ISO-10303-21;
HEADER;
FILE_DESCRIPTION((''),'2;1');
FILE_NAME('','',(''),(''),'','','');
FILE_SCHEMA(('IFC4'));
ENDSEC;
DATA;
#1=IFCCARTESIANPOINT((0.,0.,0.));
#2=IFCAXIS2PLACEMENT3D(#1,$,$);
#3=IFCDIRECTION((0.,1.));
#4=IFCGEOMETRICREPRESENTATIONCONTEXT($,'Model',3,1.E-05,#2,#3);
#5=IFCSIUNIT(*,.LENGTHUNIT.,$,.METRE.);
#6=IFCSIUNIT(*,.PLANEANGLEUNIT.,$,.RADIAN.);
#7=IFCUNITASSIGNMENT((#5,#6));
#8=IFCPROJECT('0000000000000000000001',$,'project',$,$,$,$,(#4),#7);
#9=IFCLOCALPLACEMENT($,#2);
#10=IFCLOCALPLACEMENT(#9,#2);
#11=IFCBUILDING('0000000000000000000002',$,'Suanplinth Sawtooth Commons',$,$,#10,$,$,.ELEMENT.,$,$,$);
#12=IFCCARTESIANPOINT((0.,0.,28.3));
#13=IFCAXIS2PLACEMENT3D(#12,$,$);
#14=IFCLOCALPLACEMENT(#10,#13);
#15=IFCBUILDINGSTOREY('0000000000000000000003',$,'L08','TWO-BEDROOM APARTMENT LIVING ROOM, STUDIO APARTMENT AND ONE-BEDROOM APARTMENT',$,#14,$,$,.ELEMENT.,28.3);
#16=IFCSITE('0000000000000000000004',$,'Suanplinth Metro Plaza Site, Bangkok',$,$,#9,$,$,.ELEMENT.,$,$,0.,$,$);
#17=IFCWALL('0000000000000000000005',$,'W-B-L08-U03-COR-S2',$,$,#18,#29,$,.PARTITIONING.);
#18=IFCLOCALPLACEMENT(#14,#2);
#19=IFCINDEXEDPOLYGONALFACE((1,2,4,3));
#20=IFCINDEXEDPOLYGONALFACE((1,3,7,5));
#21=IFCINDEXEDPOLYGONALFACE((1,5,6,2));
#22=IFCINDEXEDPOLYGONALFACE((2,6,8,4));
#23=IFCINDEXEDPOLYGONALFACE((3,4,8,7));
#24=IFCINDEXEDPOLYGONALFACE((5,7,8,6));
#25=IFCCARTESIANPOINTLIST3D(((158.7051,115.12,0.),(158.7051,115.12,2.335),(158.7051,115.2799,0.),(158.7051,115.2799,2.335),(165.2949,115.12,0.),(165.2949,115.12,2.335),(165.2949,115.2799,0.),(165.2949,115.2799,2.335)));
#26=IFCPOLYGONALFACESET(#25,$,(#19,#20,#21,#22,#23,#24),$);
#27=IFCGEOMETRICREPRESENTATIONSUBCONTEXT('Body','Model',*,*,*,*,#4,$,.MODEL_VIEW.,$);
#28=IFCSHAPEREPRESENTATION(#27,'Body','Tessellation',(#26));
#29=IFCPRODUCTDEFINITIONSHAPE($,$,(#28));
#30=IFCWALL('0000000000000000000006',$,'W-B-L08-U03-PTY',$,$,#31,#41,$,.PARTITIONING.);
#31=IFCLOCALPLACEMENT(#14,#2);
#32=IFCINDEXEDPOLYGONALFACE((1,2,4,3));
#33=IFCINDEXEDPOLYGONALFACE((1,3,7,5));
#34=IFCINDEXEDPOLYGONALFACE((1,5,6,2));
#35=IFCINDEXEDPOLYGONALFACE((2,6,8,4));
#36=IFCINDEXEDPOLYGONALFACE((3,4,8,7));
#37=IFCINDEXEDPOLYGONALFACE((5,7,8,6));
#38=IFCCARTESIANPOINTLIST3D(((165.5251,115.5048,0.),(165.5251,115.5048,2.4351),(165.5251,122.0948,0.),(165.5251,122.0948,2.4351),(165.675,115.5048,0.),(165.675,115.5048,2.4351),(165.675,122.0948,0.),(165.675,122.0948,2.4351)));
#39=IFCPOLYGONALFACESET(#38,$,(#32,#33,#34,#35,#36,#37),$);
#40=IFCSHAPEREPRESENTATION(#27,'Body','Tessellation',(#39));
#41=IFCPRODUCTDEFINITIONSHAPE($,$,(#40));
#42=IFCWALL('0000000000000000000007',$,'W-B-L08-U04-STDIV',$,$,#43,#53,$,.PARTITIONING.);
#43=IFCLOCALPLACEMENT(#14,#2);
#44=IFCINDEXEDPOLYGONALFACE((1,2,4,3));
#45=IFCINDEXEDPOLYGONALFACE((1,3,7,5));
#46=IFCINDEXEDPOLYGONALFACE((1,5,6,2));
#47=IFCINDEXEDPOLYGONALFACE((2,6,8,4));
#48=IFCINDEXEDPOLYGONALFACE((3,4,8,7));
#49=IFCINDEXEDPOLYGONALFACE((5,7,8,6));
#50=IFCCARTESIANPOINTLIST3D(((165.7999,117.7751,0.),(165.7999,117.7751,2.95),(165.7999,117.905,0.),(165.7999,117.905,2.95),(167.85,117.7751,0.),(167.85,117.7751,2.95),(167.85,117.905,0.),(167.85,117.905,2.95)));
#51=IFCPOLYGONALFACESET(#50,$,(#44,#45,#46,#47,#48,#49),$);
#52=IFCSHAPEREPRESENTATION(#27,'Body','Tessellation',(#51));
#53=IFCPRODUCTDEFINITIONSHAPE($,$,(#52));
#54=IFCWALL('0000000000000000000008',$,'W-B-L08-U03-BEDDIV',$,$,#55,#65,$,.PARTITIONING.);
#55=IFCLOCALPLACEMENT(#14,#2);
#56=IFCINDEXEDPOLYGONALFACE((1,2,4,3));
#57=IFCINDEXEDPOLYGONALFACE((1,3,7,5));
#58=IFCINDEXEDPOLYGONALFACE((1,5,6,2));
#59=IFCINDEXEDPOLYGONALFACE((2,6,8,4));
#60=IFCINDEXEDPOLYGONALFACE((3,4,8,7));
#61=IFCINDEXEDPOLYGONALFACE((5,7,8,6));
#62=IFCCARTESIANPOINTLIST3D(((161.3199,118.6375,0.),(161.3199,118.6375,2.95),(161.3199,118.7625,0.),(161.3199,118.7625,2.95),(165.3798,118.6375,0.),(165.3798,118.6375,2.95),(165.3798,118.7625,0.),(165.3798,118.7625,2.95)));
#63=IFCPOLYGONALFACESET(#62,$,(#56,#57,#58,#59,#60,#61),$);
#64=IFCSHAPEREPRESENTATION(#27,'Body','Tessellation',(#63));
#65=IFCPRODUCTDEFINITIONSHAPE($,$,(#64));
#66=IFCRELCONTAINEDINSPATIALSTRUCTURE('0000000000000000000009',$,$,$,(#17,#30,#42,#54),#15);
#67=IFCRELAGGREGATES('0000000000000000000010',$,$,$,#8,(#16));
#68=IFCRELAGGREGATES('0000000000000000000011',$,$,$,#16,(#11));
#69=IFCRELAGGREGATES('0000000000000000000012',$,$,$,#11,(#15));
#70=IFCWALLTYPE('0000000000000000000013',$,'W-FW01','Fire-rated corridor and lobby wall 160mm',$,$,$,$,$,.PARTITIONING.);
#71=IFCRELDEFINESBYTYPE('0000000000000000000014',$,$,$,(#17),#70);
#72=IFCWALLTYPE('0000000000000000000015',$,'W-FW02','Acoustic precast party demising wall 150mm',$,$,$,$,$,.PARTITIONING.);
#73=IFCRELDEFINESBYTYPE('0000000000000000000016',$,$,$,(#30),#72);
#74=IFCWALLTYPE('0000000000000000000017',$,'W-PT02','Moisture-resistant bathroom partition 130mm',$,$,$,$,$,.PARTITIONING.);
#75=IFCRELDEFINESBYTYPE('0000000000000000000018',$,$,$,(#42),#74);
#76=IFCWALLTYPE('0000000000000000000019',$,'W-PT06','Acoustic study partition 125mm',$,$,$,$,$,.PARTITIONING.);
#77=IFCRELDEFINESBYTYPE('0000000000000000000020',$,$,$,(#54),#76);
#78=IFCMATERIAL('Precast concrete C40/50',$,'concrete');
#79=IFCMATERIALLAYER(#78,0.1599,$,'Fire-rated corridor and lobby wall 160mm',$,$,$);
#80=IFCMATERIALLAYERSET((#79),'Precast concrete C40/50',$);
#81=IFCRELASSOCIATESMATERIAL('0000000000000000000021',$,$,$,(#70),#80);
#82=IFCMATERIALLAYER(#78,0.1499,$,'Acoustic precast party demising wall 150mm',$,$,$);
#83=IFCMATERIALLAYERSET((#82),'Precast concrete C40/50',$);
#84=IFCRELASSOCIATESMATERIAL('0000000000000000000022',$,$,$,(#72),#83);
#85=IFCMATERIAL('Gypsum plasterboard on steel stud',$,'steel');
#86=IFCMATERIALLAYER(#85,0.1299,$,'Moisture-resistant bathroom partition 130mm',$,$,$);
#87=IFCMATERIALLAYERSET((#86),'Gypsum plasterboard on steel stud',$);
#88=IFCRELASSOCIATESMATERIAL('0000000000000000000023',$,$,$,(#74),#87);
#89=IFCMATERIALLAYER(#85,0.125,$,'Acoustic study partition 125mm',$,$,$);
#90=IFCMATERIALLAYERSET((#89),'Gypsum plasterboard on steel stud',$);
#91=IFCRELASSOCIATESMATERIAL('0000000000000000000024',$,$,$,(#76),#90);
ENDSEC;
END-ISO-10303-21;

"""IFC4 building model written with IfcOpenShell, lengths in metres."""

from ifc_helpers import new_model, si_unit, direction, frame, frame_2d, origin, place, context, subcontext, project, spatial, rectangle, extrude, material, layer, layer_set, type_object, element, save


model = new_model("IFC4")

# Units and contexts
model_context = context("Model", 3, precision=1e-05, world=origin(), true_north=direction((0.0, 1.0)))
body_context = subcontext(model_context, "Body", "Model", "MODEL_VIEW")
ifc_project = project(units=[si_unit("LENGTHUNIT", "METRE"), si_unit("PLANEANGLEUNIT", "RADIAN")], contexts=[model_context])

# Site, building, storey
site_placement = place(None, origin())
site = spatial("IfcSite", under=ifc_project, at=site_placement, Name="Suanplinth Metro Plaza Site, Bangkok", CompositionType="ELEMENT", RefElevation=0.0)
building_placement = place(site_placement, origin())
building = spatial("IfcBuilding", under=site, at=building_placement, Name="Suanplinth Sawtooth Commons", CompositionType="ELEMENT")
storey_placement = place(building_placement, frame((0.0, 0.0, 28.3)))
storey = spatial("IfcBuildingStorey", under=building, at=storey_placement, Name="L08", Description="TWO-BEDROOM APARTMENT LIVING ROOM, STUDIO APARTMENT AND ONE-BEDROOM APARTMENT", CompositionType="ELEMENT", Elevation=28.3)

# Shared definitions
ifc_material_1 = material(Name="Precast concrete C40/50", Category="concrete")

# Wall
ifc_layer_1 = layer(ifc_material_1, 0.1599, Name="Fire-rated corridor and lobby wall 160mm")
ifc_layer_set_1 = layer_set([ifc_layer_1], Name="Precast concrete C40/50")
wall_type_1 = type_object("IfcWallType", Name="W-FW01", Description="Fire-rated corridor and lobby wall 160mm", PredefinedType="PARTITIONING", material=ifc_layer_set_1)
wall_1_placement = place(storey_placement, frame((158.7051, 115.2, 0.0), z_axis=(0.0, 0.0, 1.0), x_axis=(1.0, 0.0, 0.0)))
element("IfcWall", 1, at=wall_1_placement, inside=storey, type_object=wall_type_1, Name="W-B-L08-U03-COR-S2", PredefinedType="PARTITIONING", context=body_context, shape_type="SweptSolid", body=[
    extrude(rectangle(XDim=6.5898, YDim=0.1599, at=frame_2d((3.2949, 0.0))), origin(), (0.0, 0.0, 1.0), 2.335),
])

# Walls
ifc_layer_2 = layer(ifc_material_1, 0.1499, Name="Acoustic precast party demising wall 150mm")
ifc_layer_set_2 = layer_set([ifc_layer_2], Name="Precast concrete C40/50")
wall_type_2 = type_object("IfcWallType", Name="W-FW02", Description="Acoustic precast party demising wall 150mm", PredefinedType="PARTITIONING", material=ifc_layer_set_2)
wall_2_placement = place(storey_placement, frame((165.6001, 115.5049, 0.0), z_axis=(0.0, 0.0, 1.0), x_axis=(0.0, 1.0, 0.0)))
element("IfcWall", 2, at=wall_2_placement, inside=storey, type_object=wall_type_2, Name="W-B-L08-U03-PTY", PredefinedType="PARTITIONING", context=body_context, shape_type="SweptSolid", body=[
    extrude(rectangle(XDim=6.5901, YDim=0.1499, at=frame_2d((3.2949, 0.0))), origin(), (0.0, 0.0, 1.0), 2.4351),
])
ifc_material_2 = material(Name="Gypsum plasterboard on steel stud", Category="steel")
ifc_layer_3 = layer(ifc_material_2, 0.1299, Name="Moisture-resistant bathroom partition 130mm")
ifc_layer_set_3 = layer_set([ifc_layer_3], Name="Gypsum plasterboard on steel stud")
wall_type_3 = type_object("IfcWallType", Name="W-PT02", Description="Moisture-resistant bathroom partition 130mm", PredefinedType="PARTITIONING", material=ifc_layer_set_3)
wall_3_placement = place(storey_placement, frame((165.8, 117.8401, 0.0), z_axis=(0.0, 0.0, 1.0), x_axis=(1.0, 0.0, 0.0)))
element("IfcWall", 3, at=wall_3_placement, inside=storey, type_object=wall_type_3, Name="W-B-L08-U04-STDIV", PredefinedType="PARTITIONING", context=body_context, shape_type="SweptSolid", body=[
    extrude(rectangle(XDim=2.05, YDim=0.1299, at=frame_2d((1.0249, 0.0))), origin(), (0.0, 0.0, 1.0), 2.95),
])

# Wall
ifc_layer_4 = layer(ifc_material_2, 0.125, Name="Acoustic study partition 125mm")
ifc_layer_set_4 = layer_set([ifc_layer_4], Name="Gypsum plasterboard on steel stud")
wall_type_4 = type_object("IfcWallType", Name="W-PT06", Description="Acoustic study partition 125mm", PredefinedType="PARTITIONING", material=ifc_layer_set_4)
wall_4_placement = place(storey_placement, frame((161.3201, 118.7, 0.0), z_axis=(0.0, 0.0, 1.0), x_axis=(1.0, 0.0, 0.0)))
element("IfcWall", 4, at=wall_4_placement, inside=storey, type_object=wall_type_4, Name="W-B-L08-U03-BEDDIV", PredefinedType="PARTITIONING", context=body_context, shape_type="SweptSolid", body=[
    extrude(rectangle(XDim=4.0598, YDim=0.125, at=frame_2d((2.0298, 0.0))), origin(), (0.0, 0.0, 1.0), 2.95),
])

save(model, "model.ifc")
